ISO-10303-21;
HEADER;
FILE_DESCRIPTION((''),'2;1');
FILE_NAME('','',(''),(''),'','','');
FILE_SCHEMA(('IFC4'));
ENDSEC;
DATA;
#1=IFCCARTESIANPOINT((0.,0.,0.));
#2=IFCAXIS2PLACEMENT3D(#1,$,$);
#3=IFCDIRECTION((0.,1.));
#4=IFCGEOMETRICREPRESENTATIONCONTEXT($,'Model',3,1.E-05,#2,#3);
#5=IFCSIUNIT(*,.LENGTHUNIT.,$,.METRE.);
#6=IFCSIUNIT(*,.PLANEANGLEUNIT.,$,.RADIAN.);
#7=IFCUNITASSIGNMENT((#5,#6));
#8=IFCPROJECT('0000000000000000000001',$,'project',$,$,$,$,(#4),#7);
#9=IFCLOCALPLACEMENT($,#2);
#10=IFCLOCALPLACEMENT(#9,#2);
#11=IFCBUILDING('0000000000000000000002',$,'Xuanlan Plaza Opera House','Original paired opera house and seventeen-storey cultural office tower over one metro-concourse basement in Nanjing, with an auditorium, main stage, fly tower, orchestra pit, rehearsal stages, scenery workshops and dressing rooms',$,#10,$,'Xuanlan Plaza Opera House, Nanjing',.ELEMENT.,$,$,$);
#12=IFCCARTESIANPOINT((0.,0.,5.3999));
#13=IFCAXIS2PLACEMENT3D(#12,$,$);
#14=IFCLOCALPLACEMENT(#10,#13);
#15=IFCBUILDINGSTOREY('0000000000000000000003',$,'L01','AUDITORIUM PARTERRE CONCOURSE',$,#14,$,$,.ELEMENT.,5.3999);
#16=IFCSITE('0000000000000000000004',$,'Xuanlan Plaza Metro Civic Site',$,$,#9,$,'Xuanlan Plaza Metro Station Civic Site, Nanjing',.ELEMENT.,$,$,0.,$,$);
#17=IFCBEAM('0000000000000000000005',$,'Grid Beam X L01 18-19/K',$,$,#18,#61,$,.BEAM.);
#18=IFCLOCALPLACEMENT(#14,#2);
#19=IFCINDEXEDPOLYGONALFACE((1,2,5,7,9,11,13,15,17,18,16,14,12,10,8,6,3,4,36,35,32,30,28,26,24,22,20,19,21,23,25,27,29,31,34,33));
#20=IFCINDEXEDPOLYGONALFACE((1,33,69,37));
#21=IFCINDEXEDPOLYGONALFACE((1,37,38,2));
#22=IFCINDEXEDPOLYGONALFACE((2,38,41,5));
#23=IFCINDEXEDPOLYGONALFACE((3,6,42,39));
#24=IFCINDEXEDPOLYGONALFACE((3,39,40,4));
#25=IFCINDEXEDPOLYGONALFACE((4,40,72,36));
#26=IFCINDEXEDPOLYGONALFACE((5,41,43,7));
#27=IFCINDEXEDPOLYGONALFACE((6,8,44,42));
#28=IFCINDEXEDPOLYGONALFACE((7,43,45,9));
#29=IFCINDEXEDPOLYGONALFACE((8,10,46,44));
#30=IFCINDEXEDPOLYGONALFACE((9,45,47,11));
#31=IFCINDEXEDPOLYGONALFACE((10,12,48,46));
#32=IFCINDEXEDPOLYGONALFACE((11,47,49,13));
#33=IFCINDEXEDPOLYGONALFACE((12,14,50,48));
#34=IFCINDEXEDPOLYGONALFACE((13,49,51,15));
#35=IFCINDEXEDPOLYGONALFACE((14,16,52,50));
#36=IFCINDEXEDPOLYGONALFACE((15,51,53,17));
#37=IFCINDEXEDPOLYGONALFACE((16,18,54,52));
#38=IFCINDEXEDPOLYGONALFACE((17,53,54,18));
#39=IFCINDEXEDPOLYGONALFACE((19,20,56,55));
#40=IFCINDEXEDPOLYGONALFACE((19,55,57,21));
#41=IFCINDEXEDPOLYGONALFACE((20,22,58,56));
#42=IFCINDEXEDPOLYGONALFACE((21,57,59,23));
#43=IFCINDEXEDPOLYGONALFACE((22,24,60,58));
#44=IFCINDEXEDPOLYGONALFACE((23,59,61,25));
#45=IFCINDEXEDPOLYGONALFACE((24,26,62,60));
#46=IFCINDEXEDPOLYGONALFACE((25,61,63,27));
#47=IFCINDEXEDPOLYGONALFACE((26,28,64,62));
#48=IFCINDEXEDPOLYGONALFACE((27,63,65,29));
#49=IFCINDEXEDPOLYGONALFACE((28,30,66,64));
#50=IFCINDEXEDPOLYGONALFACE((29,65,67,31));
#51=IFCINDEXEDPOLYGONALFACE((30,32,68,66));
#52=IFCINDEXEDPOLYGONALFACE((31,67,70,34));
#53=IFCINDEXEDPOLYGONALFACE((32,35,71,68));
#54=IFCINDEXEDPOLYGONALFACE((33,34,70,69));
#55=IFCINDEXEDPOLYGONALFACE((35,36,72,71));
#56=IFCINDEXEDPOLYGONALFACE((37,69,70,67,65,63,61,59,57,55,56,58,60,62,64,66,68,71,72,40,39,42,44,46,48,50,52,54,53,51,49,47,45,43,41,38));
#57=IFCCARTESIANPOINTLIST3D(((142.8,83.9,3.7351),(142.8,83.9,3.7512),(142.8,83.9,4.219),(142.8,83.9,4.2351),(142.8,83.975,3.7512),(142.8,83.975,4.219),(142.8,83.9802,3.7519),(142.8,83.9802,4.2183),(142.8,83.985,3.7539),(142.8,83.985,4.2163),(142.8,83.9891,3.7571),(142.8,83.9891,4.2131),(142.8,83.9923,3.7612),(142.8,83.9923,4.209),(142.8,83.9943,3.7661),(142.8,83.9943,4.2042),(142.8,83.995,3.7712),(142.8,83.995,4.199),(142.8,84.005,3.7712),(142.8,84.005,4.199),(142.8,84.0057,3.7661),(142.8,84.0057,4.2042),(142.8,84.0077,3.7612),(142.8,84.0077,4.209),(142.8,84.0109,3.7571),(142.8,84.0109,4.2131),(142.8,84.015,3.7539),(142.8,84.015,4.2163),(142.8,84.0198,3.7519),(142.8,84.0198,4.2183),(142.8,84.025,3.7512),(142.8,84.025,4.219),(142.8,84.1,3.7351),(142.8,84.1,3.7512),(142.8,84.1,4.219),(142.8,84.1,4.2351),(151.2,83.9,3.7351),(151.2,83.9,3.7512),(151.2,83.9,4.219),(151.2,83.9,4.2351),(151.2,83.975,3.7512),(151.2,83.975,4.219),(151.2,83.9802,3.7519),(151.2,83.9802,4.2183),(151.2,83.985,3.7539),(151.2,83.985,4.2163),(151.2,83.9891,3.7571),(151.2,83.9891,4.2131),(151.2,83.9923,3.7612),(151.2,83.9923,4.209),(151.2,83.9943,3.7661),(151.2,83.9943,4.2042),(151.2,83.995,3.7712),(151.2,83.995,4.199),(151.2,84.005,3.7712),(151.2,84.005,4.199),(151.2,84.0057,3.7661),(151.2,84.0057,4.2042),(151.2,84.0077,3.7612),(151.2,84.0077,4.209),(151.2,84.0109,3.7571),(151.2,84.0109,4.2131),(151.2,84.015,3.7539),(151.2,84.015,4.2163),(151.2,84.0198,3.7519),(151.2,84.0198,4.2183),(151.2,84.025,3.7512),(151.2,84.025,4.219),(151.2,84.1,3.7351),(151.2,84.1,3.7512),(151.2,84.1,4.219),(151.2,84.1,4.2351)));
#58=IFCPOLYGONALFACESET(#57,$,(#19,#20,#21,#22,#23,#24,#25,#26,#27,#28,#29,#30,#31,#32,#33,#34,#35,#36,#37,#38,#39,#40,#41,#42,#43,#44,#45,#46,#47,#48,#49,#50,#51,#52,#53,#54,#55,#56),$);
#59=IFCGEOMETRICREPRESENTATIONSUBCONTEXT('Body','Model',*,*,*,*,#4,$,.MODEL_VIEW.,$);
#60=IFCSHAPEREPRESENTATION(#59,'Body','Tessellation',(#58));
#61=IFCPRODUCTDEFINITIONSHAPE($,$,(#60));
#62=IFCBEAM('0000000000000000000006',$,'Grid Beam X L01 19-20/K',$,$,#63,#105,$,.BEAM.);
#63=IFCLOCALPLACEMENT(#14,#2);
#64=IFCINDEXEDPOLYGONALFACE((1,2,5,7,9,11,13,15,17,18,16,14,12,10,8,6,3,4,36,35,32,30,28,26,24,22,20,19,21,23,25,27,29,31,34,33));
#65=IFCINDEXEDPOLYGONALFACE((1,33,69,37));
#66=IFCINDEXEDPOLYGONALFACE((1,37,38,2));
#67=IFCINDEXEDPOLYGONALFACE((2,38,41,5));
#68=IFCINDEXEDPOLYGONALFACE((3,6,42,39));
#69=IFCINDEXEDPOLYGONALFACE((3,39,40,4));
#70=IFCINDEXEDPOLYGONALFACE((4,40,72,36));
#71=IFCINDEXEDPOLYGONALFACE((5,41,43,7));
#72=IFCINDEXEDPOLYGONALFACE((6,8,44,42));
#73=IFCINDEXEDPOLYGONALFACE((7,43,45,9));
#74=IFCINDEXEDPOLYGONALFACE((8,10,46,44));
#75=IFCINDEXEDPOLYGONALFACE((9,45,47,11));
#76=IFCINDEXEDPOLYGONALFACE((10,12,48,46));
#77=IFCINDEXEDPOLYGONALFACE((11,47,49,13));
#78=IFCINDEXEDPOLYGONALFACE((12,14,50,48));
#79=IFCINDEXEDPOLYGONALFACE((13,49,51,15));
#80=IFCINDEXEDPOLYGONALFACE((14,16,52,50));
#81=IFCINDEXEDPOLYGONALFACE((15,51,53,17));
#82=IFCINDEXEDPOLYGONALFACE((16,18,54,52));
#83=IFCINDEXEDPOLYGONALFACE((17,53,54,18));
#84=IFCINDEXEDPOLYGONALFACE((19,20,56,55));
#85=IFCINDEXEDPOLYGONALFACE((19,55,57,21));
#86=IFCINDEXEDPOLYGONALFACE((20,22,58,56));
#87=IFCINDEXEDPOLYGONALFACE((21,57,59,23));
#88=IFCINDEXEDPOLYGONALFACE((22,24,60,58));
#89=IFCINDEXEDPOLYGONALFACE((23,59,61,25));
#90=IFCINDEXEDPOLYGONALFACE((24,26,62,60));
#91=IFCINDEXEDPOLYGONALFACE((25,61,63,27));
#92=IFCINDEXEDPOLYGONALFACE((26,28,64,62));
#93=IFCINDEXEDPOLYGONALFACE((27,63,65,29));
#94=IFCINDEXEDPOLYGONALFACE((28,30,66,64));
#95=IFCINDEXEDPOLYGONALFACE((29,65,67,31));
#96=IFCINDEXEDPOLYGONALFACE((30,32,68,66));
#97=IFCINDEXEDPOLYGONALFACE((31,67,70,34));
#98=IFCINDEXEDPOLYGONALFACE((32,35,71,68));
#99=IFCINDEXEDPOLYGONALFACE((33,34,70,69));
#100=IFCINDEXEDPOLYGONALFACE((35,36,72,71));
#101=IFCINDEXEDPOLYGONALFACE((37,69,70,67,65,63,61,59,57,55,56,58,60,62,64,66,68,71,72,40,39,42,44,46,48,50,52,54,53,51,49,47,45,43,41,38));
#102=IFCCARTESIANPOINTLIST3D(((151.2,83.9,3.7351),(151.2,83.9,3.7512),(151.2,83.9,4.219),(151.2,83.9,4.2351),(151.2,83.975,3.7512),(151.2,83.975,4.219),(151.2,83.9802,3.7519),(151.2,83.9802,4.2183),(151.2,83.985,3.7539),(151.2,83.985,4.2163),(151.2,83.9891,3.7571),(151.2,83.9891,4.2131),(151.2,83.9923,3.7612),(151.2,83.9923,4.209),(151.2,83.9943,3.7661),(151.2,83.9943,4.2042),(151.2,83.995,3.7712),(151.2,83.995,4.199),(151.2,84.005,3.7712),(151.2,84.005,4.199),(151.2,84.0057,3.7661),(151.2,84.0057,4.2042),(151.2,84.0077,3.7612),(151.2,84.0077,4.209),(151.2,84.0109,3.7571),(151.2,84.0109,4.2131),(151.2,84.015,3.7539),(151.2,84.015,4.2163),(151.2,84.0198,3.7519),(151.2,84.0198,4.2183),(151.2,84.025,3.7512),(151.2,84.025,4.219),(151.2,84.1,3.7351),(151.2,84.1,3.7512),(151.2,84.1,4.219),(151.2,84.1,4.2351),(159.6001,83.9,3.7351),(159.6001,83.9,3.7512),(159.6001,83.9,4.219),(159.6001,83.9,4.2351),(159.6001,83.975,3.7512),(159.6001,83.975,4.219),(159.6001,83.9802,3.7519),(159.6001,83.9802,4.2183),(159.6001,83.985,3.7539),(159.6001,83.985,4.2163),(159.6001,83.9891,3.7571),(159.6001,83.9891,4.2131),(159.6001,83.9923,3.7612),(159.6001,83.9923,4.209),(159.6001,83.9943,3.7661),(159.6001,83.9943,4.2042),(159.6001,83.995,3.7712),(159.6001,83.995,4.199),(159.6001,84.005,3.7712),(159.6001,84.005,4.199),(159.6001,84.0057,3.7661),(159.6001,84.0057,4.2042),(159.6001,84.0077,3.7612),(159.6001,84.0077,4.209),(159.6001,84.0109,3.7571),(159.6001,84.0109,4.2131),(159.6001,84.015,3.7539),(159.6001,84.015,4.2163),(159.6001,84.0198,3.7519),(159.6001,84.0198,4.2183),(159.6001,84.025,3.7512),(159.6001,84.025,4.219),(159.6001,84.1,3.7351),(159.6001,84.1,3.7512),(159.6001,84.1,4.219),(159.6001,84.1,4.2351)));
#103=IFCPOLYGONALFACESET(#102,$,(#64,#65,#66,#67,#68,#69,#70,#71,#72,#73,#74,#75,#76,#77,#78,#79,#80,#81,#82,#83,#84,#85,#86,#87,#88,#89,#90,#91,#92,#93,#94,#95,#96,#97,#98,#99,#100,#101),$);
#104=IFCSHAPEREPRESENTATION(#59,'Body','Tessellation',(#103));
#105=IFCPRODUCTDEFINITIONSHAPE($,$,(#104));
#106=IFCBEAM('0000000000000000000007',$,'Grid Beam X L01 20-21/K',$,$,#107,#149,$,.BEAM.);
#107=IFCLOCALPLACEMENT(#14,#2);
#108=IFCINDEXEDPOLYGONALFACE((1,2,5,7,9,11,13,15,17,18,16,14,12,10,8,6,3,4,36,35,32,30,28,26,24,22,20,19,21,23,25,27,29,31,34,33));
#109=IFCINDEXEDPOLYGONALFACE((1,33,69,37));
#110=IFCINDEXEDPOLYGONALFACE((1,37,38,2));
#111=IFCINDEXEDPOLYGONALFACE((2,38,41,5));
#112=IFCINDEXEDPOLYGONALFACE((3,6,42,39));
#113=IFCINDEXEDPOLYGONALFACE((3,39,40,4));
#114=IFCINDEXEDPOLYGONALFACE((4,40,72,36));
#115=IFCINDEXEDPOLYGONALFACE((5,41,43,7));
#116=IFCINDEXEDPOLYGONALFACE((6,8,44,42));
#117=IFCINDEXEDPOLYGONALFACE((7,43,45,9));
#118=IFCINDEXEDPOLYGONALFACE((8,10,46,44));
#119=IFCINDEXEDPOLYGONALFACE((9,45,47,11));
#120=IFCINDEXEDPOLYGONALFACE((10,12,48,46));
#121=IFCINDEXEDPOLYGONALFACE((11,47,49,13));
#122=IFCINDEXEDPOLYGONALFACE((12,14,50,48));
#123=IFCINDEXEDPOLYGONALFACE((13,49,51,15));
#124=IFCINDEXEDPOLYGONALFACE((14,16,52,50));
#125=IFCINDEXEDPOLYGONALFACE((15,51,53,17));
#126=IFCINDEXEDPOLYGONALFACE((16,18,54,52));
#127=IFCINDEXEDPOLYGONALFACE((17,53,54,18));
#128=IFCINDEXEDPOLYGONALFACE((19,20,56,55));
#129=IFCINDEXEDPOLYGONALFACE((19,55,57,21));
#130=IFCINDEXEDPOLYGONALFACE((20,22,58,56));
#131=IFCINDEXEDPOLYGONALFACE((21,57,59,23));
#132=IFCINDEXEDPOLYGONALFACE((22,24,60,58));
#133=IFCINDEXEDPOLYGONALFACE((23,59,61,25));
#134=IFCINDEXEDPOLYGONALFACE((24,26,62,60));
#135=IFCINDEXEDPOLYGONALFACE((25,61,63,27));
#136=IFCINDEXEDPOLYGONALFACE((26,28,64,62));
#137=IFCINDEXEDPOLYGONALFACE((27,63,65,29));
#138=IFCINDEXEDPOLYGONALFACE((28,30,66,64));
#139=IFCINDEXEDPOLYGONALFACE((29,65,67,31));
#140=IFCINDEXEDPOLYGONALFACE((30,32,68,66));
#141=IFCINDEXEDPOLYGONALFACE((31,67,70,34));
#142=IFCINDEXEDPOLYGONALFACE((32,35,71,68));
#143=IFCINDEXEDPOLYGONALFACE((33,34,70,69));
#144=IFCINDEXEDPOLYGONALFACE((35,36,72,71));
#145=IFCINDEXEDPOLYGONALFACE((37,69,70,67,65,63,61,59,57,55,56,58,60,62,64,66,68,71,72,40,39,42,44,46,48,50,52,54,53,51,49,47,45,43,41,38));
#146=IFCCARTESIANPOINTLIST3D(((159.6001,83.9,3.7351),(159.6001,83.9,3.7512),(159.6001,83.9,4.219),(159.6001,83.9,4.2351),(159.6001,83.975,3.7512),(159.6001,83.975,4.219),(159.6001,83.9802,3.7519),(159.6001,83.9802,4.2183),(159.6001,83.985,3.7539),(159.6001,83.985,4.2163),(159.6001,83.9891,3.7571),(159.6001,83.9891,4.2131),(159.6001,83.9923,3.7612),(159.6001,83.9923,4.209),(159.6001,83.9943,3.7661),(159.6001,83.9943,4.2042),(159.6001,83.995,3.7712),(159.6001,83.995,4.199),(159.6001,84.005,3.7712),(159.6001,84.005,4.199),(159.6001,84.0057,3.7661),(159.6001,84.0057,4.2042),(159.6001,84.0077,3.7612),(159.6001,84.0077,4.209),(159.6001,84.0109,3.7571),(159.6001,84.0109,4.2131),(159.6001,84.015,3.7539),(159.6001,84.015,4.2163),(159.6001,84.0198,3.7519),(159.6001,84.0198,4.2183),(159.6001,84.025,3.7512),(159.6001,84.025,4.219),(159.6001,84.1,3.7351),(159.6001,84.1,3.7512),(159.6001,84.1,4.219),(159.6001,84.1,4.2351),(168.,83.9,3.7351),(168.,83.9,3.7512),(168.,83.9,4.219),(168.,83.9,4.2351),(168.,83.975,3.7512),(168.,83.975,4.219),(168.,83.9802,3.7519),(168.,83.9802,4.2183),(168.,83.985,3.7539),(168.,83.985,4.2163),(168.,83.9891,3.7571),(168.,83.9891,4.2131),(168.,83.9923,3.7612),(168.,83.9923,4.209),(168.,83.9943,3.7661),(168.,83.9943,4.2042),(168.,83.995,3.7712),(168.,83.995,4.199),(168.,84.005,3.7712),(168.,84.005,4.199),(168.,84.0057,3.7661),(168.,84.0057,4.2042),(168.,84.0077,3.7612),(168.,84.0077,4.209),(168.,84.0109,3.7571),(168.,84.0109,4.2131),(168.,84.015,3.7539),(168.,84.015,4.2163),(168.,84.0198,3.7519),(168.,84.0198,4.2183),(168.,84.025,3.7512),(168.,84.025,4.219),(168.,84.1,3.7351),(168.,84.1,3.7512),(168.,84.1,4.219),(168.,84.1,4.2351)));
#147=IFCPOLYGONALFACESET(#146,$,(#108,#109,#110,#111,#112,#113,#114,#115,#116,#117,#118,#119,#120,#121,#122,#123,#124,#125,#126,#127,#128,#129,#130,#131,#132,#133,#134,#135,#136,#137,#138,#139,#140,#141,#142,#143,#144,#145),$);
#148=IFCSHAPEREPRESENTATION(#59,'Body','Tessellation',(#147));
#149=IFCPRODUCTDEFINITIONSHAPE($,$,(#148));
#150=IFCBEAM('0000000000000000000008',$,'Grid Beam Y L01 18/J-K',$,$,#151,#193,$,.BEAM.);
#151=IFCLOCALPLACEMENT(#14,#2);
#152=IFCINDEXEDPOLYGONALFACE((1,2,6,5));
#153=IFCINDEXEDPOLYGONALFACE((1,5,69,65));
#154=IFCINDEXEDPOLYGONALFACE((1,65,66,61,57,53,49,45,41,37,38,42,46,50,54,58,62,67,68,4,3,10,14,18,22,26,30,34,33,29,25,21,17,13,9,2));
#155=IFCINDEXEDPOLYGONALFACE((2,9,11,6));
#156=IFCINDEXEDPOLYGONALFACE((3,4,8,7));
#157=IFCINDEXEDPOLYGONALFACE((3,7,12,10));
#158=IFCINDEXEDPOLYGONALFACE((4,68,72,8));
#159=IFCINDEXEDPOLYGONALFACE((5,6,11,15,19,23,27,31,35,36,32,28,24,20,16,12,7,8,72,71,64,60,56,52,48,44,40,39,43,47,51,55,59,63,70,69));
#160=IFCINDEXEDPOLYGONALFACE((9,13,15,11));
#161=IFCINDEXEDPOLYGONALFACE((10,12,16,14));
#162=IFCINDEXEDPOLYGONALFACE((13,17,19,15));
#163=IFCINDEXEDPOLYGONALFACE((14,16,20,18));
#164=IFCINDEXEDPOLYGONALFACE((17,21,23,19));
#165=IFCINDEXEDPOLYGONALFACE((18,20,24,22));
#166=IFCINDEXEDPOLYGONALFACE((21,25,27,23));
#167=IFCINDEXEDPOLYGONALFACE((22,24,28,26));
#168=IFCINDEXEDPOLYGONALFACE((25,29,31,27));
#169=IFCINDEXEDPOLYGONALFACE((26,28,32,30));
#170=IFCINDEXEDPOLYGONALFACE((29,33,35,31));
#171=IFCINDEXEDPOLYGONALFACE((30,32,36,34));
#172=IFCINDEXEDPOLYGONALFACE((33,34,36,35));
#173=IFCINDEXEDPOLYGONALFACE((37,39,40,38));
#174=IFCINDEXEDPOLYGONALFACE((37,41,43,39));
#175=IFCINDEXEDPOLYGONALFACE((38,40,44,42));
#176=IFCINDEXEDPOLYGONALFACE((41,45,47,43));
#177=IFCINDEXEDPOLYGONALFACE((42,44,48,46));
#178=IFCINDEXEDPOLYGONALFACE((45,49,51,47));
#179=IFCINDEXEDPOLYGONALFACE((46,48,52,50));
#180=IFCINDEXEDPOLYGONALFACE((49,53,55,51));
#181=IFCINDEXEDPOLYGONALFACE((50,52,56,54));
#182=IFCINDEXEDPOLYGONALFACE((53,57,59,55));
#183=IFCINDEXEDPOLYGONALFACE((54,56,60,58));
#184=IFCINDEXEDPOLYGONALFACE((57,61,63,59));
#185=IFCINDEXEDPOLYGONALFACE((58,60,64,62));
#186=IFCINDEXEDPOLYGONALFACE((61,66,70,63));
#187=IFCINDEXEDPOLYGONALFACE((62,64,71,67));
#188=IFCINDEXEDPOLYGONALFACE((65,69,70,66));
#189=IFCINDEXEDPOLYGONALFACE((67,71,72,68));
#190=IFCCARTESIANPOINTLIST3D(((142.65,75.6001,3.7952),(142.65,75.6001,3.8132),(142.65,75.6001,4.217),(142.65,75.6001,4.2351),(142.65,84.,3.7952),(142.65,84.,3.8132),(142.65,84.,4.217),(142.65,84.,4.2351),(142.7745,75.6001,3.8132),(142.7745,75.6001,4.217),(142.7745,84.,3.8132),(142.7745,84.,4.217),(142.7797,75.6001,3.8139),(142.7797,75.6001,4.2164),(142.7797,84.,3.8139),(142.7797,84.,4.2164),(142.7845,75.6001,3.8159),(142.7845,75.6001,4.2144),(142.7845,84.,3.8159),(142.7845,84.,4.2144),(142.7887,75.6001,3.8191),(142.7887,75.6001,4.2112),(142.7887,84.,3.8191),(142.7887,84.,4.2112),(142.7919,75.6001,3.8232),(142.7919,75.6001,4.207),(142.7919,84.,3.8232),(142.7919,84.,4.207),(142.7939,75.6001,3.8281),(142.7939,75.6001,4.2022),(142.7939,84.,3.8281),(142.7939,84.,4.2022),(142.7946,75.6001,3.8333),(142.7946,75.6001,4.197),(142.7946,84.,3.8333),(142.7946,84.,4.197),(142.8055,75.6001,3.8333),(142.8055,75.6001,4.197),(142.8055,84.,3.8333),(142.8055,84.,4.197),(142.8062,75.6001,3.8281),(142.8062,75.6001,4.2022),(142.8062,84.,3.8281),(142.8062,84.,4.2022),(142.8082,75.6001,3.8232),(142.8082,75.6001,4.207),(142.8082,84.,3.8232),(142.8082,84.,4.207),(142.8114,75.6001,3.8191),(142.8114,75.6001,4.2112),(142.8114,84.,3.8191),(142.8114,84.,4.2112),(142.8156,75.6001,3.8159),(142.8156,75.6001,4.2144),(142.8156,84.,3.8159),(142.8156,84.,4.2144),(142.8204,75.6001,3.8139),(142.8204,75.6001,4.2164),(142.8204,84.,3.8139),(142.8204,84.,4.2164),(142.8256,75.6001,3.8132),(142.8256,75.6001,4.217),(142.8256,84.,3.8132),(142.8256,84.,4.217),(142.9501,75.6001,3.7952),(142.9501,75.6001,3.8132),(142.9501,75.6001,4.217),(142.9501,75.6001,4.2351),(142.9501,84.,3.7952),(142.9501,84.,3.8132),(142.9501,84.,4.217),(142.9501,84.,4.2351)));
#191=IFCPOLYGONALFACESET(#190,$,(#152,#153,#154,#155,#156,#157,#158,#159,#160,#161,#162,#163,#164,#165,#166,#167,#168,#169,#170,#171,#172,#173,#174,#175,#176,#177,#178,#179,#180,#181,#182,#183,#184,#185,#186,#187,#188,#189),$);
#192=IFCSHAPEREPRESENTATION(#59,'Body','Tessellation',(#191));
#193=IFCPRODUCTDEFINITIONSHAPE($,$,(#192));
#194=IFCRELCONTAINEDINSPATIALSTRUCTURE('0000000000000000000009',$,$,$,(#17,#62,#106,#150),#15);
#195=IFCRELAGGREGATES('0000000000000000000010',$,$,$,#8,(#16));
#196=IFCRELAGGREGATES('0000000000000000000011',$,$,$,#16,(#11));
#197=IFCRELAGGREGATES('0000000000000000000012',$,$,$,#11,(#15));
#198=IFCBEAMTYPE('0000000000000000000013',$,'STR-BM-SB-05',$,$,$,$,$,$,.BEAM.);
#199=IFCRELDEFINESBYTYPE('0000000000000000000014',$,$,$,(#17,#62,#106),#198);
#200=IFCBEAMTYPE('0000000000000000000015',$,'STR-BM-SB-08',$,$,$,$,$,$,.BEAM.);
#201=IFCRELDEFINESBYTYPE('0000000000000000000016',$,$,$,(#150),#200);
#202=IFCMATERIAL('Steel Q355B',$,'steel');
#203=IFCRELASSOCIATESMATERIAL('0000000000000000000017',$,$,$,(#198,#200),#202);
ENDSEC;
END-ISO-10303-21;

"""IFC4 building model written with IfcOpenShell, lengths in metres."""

from ifc_helpers import new_model, si_unit, direction, frame, origin, origin_2d, place, context, subcontext, project, spatial, i_section, extrude, material, material_profile, profile_set, type_object, element, save


model = new_model("IFC4")

# Units and contexts
model_context = context("Model", 3, precision=1e-05, world=origin(), true_north=direction((0.0, 1.0)))
body_context = subcontext(model_context, "Body", "Model", "MODEL_VIEW")
ifc_project = project(units=[si_unit("LENGTHUNIT", "METRE"), si_unit("PLANEANGLEUNIT", "RADIAN")], contexts=[model_context])

# Site, building, storey
site_placement = place(None, origin())
site = spatial("IfcSite", under=ifc_project, at=site_placement, Name="Xuanlan Plaza Metro Civic Site", LongName="Xuanlan Plaza Metro Station Civic Site, Nanjing", CompositionType="ELEMENT", RefElevation=0.0)
building_placement = place(site_placement, origin())
building = spatial("IfcBuilding", under=site, at=building_placement, Name="Xuanlan Plaza Opera House", Description="Original paired opera house and seventeen-storey cultural office tower over one metro-concourse basement in Nanjing, with an auditorium, main stage, fly tower, orchestra pit, rehearsal stages, scenery workshops and dressing rooms", LongName="Xuanlan Plaza Opera House, Nanjing", CompositionType="ELEMENT")
storey_placement = place(building_placement, frame((0.0, 0.0, 5.3999)))
storey = spatial("IfcBuildingStorey", under=building, at=storey_placement, Name="L01", Description="AUDITORIUM PARTERRE CONCOURSE", CompositionType="ELEMENT", Elevation=5.3999)

# Beams
ifc_material_1 = material(Name="Steel Q355B", Category="steel")
ifc_material_profile_1 = material_profile(ifc_material_1, i_section(OverallWidth=0.2, OverallDepth=0.5, WebThickness=0.01, FlangeThickness=0.0161, FilletRadius=0.02, at=origin_2d()), Name="HN 500x200x10x16")
ifc_profile_set_1 = profile_set([ifc_material_profile_1], Name="Steel Q355B")
beam_type_1 = type_object("IfcBeamType", Name="STR-BM-SB-05", PredefinedType="BEAM", material=ifc_profile_set_1)
beam_1_placement = place(storey_placement, frame((142.8, 84.0, 3.9851), z_axis=(1.0, 0.0, 0.0), x_axis=(0.0, 1.0, 0.0)))
element("IfcBeam", 1, at=beam_1_placement, inside=storey, type_object=beam_type_1, Name="Grid Beam X L01 18-19/K", PredefinedType="BEAM", context=body_context, shape_type="SweptSolid", body=[
    extrude(i_section(OverallWidth=0.2, OverallDepth=0.5, WebThickness=0.01, FlangeThickness=0.0161, FilletRadius=0.02, at=origin_2d()), origin(), (0.0, 0.0, 1.0), 8.3999),
])
beam_2_placement = place(storey_placement, frame((151.2, 84.0, 3.9851), z_axis=(1.0, 0.0, 0.0), x_axis=(0.0, 1.0, 0.0)))
element("IfcBeam", 2, at=beam_2_placement, inside=storey, type_object=beam_type_1, Name="Grid Beam X L01 19-20/K", PredefinedType="BEAM", context=body_context, shape_type="SweptSolid", body=[
    extrude(i_section(OverallWidth=0.2, OverallDepth=0.5, WebThickness=0.01, FlangeThickness=0.0161, FilletRadius=0.02, at=origin_2d()), origin(), (0.0, 0.0, 1.0), 8.4001),
])
beam_3_placement = place(storey_placement, frame((159.6001, 84.0, 3.9851), z_axis=(1.0, 0.0, 0.0), x_axis=(0.0, 1.0, 0.0)))
element("IfcBeam", 3, at=beam_3_placement, inside=storey, type_object=beam_type_1, Name="Grid Beam X L01 20-21/K", PredefinedType="BEAM", context=body_context, shape_type="SweptSolid", body=[
    extrude(i_section(OverallWidth=0.2, OverallDepth=0.5, WebThickness=0.01, FlangeThickness=0.0161, FilletRadius=0.02, at=origin_2d()), origin(), (0.0, 0.0, 1.0), 8.3999),
])
ifc_material_profile_2 = material_profile(ifc_material_1, i_section(OverallWidth=0.3, OverallDepth=0.4399, WebThickness=0.011, FlangeThickness=0.0181, FilletRadius=0.02, at=origin_2d()), Name="HM 440x300x11x18")
ifc_profile_set_2 = profile_set([ifc_material_profile_2], Name="Steel Q355B")
beam_type_2 = type_object("IfcBeamType", Name="STR-BM-SB-08", PredefinedType="BEAM", material=ifc_profile_set_2)
beam_4_placement = place(storey_placement, frame((142.8, 75.6001, 4.0151), z_axis=(0.0, 1.0, 0.0), x_axis=(-1.0, 0.0, 0.0)))
element("IfcBeam", 4, at=beam_4_placement, inside=storey, type_object=beam_type_2, Name="Grid Beam Y L01 18/J-K", PredefinedType="BEAM", context=body_context, shape_type="SweptSolid", body=[
    extrude(i_section(OverallWidth=0.3, OverallDepth=0.4399, WebThickness=0.011, FlangeThickness=0.0181, FilletRadius=0.02, at=origin_2d()), origin(), (0.0, 0.0, 1.0), 8.3999),
])

save(model, "model.ifc")
